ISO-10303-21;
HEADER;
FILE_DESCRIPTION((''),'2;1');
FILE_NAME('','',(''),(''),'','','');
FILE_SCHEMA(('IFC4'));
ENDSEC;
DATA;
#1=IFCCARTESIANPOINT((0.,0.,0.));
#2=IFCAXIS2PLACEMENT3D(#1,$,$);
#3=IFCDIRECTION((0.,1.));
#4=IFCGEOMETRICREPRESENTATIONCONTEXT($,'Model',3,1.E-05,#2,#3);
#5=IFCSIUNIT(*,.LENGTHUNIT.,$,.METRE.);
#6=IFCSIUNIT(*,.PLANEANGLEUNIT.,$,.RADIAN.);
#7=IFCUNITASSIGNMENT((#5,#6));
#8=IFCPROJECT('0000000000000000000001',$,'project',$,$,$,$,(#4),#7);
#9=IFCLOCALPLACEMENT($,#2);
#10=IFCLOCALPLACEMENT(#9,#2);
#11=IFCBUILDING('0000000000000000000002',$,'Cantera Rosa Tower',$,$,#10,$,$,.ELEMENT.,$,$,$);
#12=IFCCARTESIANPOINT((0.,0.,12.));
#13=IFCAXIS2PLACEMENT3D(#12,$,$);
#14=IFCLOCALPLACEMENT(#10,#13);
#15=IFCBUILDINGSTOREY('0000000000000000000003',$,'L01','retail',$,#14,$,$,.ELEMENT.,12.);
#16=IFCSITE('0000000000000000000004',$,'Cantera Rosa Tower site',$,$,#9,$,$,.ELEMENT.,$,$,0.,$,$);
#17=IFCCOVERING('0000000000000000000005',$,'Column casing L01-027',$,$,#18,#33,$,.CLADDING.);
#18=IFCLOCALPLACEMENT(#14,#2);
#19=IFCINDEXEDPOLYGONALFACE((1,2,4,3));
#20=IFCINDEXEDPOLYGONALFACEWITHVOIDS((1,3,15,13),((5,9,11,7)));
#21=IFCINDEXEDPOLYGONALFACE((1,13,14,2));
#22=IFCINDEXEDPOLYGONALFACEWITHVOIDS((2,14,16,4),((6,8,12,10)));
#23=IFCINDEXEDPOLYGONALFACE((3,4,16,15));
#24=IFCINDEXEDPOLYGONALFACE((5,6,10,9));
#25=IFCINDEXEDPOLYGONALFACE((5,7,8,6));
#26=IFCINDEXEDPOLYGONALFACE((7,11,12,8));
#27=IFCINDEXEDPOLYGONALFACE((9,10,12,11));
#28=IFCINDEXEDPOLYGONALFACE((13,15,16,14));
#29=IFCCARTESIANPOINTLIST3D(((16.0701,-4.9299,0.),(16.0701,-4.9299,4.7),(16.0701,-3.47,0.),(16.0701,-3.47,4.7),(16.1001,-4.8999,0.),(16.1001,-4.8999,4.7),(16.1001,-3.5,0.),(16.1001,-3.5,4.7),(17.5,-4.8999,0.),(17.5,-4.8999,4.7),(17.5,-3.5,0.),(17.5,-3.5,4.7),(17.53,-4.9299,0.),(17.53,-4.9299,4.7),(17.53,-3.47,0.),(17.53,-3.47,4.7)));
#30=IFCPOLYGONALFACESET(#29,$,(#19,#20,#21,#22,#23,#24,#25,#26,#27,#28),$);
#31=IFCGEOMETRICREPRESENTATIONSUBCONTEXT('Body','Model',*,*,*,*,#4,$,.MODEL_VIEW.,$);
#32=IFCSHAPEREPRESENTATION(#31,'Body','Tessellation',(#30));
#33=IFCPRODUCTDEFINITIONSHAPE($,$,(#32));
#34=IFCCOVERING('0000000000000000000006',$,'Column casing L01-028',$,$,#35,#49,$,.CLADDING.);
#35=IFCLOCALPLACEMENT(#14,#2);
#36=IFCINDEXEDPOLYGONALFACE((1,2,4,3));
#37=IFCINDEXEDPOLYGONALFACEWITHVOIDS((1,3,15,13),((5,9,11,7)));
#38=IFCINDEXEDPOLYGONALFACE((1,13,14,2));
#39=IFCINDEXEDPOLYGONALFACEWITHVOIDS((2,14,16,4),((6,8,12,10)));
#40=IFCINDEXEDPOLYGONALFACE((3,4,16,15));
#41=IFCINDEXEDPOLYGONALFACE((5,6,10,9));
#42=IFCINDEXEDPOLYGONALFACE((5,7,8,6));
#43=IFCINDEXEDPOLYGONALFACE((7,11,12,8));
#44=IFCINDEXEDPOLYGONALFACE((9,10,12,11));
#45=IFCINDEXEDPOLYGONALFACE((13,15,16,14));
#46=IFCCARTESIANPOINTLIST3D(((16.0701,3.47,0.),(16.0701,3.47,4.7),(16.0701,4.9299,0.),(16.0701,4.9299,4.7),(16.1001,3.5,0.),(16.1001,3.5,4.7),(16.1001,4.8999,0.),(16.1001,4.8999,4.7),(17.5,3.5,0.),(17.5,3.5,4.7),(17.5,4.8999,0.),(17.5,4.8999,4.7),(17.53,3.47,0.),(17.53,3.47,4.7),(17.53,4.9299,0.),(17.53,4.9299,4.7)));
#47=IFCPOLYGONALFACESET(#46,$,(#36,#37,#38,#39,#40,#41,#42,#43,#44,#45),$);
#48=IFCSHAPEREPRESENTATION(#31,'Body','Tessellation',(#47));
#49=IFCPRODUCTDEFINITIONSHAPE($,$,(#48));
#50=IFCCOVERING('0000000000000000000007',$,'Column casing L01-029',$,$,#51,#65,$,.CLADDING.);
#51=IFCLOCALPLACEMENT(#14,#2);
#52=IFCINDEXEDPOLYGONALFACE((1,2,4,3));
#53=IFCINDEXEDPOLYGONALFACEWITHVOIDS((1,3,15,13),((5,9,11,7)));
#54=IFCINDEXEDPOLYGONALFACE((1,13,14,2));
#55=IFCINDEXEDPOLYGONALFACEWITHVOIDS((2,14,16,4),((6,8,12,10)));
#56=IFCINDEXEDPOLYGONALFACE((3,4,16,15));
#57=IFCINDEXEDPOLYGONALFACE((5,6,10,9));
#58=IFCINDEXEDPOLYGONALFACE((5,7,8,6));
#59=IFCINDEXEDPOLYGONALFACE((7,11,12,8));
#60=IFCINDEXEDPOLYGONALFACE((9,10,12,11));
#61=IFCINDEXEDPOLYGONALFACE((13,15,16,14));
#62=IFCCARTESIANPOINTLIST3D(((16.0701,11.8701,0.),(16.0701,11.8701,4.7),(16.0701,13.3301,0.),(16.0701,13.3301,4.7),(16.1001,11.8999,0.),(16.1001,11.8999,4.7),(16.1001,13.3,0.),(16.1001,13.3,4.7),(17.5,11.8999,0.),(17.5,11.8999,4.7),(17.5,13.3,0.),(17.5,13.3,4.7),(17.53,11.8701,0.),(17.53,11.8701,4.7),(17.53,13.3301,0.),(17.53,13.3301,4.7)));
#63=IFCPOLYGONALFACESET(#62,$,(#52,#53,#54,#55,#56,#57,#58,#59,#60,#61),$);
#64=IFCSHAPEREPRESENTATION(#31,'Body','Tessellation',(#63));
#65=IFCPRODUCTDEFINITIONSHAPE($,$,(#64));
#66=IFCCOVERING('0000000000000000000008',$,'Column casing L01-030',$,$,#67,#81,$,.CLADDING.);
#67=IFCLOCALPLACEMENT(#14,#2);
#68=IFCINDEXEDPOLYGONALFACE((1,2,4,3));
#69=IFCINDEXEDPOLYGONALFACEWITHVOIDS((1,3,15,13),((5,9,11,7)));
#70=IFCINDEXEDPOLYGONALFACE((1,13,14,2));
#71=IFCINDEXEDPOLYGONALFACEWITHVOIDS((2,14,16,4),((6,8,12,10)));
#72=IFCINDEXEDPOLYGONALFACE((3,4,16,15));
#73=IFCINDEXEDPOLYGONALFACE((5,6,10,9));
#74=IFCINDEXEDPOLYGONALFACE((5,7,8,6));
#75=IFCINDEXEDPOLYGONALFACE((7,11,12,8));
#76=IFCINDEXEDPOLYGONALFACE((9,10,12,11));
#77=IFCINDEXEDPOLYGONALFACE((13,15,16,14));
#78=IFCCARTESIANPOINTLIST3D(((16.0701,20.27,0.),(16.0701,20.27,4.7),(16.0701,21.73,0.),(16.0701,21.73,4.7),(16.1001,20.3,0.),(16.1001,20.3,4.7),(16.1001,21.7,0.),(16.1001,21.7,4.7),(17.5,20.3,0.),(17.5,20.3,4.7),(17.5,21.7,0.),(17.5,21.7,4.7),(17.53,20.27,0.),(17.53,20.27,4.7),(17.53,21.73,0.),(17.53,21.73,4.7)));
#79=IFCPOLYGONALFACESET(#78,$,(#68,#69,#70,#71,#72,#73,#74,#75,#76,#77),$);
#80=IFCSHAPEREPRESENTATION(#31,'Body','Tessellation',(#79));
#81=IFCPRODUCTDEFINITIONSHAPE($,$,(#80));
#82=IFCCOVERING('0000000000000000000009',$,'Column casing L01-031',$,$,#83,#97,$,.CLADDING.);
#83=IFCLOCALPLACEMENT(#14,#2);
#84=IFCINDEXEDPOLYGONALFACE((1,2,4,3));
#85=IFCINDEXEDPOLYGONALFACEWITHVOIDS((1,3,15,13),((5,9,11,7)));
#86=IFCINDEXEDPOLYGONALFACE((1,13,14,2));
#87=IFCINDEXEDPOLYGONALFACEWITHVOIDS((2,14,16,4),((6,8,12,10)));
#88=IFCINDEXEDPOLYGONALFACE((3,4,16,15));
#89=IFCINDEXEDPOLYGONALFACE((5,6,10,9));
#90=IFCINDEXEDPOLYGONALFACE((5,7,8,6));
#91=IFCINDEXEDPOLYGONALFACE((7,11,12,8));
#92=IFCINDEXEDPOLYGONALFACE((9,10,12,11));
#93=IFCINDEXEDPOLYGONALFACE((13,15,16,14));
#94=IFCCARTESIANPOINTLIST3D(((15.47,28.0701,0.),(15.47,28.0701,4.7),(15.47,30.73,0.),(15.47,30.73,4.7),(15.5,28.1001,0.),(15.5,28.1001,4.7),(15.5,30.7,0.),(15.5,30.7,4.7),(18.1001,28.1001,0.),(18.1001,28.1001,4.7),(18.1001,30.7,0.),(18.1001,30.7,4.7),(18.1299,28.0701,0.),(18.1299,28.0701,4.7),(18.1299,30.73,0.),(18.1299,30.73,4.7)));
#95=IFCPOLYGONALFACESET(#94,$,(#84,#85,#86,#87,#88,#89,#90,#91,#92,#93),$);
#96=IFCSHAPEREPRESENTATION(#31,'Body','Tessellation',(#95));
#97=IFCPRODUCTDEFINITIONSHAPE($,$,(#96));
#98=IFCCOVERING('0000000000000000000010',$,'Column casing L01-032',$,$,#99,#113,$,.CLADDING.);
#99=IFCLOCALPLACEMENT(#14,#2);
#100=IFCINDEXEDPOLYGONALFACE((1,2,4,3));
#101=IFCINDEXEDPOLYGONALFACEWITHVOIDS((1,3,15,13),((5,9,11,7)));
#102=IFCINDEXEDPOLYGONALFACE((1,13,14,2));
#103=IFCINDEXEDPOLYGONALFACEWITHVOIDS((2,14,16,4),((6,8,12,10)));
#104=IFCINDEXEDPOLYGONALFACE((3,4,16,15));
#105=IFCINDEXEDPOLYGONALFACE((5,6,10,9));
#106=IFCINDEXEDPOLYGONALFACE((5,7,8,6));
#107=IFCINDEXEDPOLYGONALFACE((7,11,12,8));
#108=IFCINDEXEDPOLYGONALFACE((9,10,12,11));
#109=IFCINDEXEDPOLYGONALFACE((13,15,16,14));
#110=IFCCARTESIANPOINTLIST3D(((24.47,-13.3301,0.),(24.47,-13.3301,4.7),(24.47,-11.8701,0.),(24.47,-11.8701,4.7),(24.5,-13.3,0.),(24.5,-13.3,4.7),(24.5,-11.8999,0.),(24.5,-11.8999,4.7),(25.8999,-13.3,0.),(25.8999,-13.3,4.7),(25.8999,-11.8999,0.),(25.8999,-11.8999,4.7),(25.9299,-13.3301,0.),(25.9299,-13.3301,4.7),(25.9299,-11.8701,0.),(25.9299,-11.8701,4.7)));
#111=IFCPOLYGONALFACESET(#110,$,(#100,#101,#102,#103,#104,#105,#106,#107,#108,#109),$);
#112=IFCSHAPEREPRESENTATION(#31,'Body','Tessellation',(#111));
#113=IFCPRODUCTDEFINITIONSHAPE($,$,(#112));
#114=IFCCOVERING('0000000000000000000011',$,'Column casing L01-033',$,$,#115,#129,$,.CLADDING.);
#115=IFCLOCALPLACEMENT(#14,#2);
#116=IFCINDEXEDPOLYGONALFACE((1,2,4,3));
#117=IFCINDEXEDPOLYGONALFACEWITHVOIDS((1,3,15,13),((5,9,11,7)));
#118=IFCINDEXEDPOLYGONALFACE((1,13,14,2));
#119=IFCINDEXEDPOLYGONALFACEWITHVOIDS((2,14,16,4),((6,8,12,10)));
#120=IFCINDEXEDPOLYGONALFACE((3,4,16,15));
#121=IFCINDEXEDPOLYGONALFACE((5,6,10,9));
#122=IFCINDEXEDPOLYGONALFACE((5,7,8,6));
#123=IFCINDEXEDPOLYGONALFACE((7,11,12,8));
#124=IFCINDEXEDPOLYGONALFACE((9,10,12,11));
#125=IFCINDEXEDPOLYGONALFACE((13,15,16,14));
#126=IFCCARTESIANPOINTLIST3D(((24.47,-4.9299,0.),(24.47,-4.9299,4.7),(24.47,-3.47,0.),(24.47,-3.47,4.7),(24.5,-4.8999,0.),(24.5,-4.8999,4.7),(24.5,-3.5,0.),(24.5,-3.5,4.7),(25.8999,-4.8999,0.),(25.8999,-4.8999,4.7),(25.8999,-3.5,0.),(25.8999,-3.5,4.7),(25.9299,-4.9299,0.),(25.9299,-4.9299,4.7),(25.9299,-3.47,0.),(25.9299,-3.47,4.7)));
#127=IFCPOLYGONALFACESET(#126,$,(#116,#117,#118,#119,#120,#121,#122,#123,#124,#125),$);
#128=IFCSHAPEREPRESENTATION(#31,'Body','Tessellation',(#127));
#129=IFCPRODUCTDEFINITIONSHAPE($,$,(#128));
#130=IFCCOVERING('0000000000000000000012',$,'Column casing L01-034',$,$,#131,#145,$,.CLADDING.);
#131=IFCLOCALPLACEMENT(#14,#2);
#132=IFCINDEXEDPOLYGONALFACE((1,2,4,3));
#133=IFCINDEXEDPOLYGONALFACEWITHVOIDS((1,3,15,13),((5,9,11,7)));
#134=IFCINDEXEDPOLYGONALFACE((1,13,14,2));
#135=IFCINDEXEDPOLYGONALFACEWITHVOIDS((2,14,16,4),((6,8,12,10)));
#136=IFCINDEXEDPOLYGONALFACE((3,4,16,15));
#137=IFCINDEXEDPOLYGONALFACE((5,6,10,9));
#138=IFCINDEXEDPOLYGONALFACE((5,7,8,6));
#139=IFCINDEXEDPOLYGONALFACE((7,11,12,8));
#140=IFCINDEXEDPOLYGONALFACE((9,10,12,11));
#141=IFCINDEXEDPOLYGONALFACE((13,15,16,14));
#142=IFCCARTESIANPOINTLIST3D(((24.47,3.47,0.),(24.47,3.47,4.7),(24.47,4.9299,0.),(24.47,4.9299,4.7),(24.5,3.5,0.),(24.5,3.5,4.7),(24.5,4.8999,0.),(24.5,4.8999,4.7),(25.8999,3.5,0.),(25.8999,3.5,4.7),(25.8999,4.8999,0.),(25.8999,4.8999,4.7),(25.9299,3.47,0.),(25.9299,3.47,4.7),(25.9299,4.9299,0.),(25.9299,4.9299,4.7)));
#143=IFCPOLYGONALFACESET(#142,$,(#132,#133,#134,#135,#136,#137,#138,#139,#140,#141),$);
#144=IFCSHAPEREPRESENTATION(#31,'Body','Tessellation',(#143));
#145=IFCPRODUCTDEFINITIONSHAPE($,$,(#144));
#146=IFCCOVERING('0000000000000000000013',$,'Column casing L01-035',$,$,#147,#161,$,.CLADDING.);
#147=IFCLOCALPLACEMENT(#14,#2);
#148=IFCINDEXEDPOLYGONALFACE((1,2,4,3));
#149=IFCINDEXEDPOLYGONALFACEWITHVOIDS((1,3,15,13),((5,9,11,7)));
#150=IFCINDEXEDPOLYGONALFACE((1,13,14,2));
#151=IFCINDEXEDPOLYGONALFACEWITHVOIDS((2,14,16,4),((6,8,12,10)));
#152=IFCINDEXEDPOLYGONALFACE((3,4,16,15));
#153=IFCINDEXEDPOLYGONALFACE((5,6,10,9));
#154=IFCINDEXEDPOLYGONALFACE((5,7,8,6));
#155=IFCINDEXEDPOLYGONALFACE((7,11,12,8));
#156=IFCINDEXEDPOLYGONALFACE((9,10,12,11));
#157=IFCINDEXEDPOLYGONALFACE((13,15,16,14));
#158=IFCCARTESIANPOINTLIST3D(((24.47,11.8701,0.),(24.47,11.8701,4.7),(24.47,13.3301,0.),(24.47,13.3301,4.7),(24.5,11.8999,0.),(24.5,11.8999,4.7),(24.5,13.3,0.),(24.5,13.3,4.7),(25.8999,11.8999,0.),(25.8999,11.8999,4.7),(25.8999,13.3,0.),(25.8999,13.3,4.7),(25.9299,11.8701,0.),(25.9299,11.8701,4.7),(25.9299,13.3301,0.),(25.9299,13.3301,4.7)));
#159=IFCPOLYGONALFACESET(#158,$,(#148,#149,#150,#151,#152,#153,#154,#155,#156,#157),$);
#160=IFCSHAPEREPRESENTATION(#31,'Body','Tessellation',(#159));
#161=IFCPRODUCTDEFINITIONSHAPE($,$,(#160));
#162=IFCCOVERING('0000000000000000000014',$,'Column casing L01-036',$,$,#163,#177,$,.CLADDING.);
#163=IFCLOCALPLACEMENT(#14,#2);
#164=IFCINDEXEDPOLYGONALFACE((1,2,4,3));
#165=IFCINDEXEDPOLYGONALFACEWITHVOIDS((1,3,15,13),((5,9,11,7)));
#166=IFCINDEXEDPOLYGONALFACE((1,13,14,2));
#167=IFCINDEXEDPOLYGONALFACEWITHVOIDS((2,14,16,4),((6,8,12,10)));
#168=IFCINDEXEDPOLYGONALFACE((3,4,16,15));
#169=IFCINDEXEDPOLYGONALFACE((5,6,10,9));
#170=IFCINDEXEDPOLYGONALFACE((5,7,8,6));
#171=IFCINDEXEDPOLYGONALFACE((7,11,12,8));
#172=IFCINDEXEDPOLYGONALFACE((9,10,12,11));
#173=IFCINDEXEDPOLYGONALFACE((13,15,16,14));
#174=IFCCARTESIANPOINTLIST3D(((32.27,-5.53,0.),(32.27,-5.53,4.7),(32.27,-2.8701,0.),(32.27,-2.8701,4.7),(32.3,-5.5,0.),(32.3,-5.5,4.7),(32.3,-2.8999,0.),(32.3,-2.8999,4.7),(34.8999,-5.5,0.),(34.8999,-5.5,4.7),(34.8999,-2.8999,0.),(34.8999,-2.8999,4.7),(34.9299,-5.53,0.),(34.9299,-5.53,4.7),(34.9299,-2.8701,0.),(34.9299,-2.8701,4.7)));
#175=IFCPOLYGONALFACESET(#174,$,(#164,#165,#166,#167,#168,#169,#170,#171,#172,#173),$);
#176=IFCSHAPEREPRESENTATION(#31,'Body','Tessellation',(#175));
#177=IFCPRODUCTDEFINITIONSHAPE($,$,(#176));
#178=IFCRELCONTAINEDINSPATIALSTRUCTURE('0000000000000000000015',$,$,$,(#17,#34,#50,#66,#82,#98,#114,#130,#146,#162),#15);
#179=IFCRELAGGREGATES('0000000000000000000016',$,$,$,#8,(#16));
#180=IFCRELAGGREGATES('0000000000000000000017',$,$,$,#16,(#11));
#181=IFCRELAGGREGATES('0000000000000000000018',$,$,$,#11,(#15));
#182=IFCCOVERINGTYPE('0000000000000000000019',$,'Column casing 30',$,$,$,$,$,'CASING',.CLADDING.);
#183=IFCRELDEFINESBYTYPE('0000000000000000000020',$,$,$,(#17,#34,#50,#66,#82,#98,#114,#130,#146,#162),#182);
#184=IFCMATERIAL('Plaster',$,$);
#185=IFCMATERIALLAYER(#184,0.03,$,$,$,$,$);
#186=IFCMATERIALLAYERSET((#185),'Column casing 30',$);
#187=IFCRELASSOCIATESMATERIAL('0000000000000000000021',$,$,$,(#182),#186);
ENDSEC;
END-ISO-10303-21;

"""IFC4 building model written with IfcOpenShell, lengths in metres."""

from ifc_helpers import new_model, si_unit, direction, frame, origin, place, context, subcontext, project, spatial, polyline, outline, extrude, material, layer, layer_set, type_object, element, save


model = new_model("IFC4")

# Units and contexts
model_context = context("Model", 3, precision=1e-05, world=origin(), true_north=direction((0.0, 1.0)))
body_context = subcontext(model_context, "Body", "Model", "MODEL_VIEW")
ifc_project = project(units=[si_unit("LENGTHUNIT", "METRE"), si_unit("PLANEANGLEUNIT", "RADIAN")], contexts=[model_context])

# Site, building, storey
site_placement = place(None, origin())
site = spatial("IfcSite", under=ifc_project, at=site_placement, Name="Cantera Rosa Tower site", CompositionType="ELEMENT", RefElevation=0.0)
building_placement = place(site_placement, origin())
building = spatial("IfcBuilding", under=site, at=building_placement, Name="Cantera Rosa Tower", CompositionType="ELEMENT")
storey_placement = place(building_placement, frame((0.0, 0.0, 12.0)))
storey = spatial("IfcBuildingStorey", under=building, at=storey_placement, Name="L01", Description="retail", CompositionType="ELEMENT", Elevation=12.0)

# Coverings
ifc_material_1 = material(Name="Plaster")
ifc_layer_1 = layer(ifc_material_1, 0.03)
ifc_layer_set_1 = layer_set([ifc_layer_1], Name="Column casing 30")
covering_type = type_object("IfcCoveringType", Name="Column casing 30", ElementType="CASING", PredefinedType="CLADDING", material=ifc_layer_set_1)
covering_1_placement = place(storey_placement, origin())
element("IfcCovering", 1, at=covering_1_placement, inside=storey, type_object=covering_type, Name="Column casing L01-027", PredefinedType="CLADDING", context=body_context, shape_type="SweptSolid", body=[
    extrude(outline(polyline([(16.0701, -4.9299), (17.53, -4.9299), (17.53, -3.47), (16.0701, -3.47), (16.0701, -4.9299)]), holes=[polyline([(17.5, -3.5), (16.1001, -3.5), (16.1001, -4.8999), (17.5, -4.8999), (17.5, -3.5)])]), origin(), (0.0, 0.0, 1.0), 4.7),
])
covering_2_placement = place(storey_placement, origin())
element("IfcCovering", 2, at=covering_2_placement, inside=storey, type_object=covering_type, Name="Column casing L01-028", PredefinedType="CLADDING", context=body_context, shape_type="SweptSolid", body=[
    extrude(outline(polyline([(16.0701, 3.47), (17.53, 3.47), (17.53, 4.9299), (16.0701, 4.9299), (16.0701, 3.47)]), holes=[polyline([(17.5, 4.8999), (16.1001, 4.8999), (16.1001, 3.5), (17.5, 3.5), (17.5, 4.8999)])]), origin(), (0.0, 0.0, 1.0), 4.7),
])
covering_3_placement = place(storey_placement, origin())
element("IfcCovering", 3, at=covering_3_placement, inside=storey, type_object=covering_type, Name="Column casing L01-029", PredefinedType="CLADDING", context=body_context, shape_type="SweptSolid", body=[
    extrude(outline(polyline([(16.0701, 11.8701), (17.53, 11.8701), (17.53, 13.3301), (16.0701, 13.3301), (16.0701, 11.8701)]), holes=[polyline([(17.5, 13.3), (16.1001, 13.3), (16.1001, 11.8999), (17.5, 11.8999), (17.5, 13.3)])]), origin(), (0.0, 0.0, 1.0), 4.7),
])
covering_4_placement = place(storey_placement, origin())
element("IfcCovering", 4, at=covering_4_placement, inside=storey, type_object=covering_type, Name="Column casing L01-030", PredefinedType="CLADDING", context=body_context, shape_type="SweptSolid", body=[
    extrude(outline(polyline([(16.0701, 20.27), (17.53, 20.27), (17.53, 21.73), (16.0701, 21.73), (16.0701, 20.27)]), holes=[polyline([(17.5, 21.7), (16.1001, 21.7), (16.1001, 20.3), (17.5, 20.3), (17.5, 21.7)])]), origin(), (0.0, 0.0, 1.0), 4.7),
])
covering_5_placement = place(storey_placement, origin())
element("IfcCovering", 5, at=covering_5_placement, inside=storey, type_object=covering_type, Name="Column casing L01-031", PredefinedType="CLADDING", context=body_context, shape_type="SweptSolid", body=[
    extrude(outline(polyline([(15.47, 28.0701), (18.1299, 28.0701), (18.1299, 30.73), (15.47, 30.73), (15.47, 28.0701)]), holes=[polyline([(18.1001, 30.7), (15.5, 30.7), (15.5, 28.1001), (18.1001, 28.1001), (18.1001, 30.7)])]), origin(), (0.0, 0.0, 1.0), 4.7),
])
covering_6_placement = place(storey_placement, origin())
element("IfcCovering", 6, at=covering_6_placement, inside=storey, type_object=covering_type, Name="Column casing L01-032", PredefinedType="CLADDING", context=body_context, shape_type="SweptSolid", body=[
    extrude(outline(polyline([(24.47, -13.3301), (25.9299, -13.3301), (25.9299, -11.8701), (24.47, -11.8701), (24.47, -13.3301)]), holes=[polyline([(25.8999, -11.8999), (24.5, -11.8999), (24.5, -13.3), (25.8999, -13.3), (25.8999, -11.8999)])]), origin(), (0.0, 0.0, 1.0), 4.7),
])
covering_7_placement = place(storey_placement, origin())
element("IfcCovering", 7, at=covering_7_placement, inside=storey, type_object=covering_type, Name="Column casing L01-033", PredefinedType="CLADDING", context=body_context, shape_type="SweptSolid", body=[
    extrude(outline(polyline([(24.47, -4.9299), (25.9299, -4.9299), (25.9299, -3.47), (24.47, -3.47), (24.47, -4.9299)]), holes=[polyline([(25.8999, -3.5), (24.5, -3.5), (24.5, -4.8999), (25.8999, -4.8999), (25.8999, -3.5)])]), origin(), (0.0, 0.0, 1.0), 4.7),
])
covering_8_placement = place(storey_placement, origin())
element("IfcCovering", 8, at=covering_8_placement, inside=storey, type_object=covering_type, Name="Column casing L01-034", PredefinedType="CLADDING", context=body_context, shape_type="SweptSolid", body=[
    extrude(outline(polyline([(24.47, 3.47), (25.9299, 3.47), (25.9299, 4.9299), (24.47, 4.9299), (24.47, 3.47)]), holes=[polyline([(25.8999, 4.8999), (24.5, 4.8999), (24.5, 3.5), (25.8999, 3.5), (25.8999, 4.8999)])]), origin(), (0.0, 0.0, 1.0), 4.7),
])
covering_9_placement = place(storey_placement, origin())
element("IfcCovering", 9, at=covering_9_placement, inside=storey, type_object=covering_type, Name="Column casing L01-035", PredefinedType="CLADDING", context=body_context, shape_type="SweptSolid", body=[
    extrude(outline(polyline([(24.47, 11.8701), (25.9299, 11.8701), (25.9299, 13.3301), (24.47, 13.3301), (24.47, 11.8701)]), holes=[polyline([(25.8999, 13.3), (24.5, 13.3), (24.5, 11.8999), (25.8999, 11.8999), (25.8999, 13.3)])]), origin(), (0.0, 0.0, 1.0), 4.7),
])
covering_10_placement = place(storey_placement, origin())
element("IfcCovering", 10, at=covering_10_placement, inside=storey, type_object=covering_type, Name="Column casing L01-036", PredefinedType="CLADDING", context=body_context, shape_type="SweptSolid", body=[
    extrude(outline(polyline([(32.27, -5.53), (34.9299, -5.53), (34.9299, -2.8701), (32.27, -2.8701), (32.27, -5.53)]), holes=[polyline([(34.8999, -2.8999), (32.3, -2.8999), (32.3, -5.5), (34.8999, -5.5), (34.8999, -2.8999)])]), origin(), (0.0, 0.0, 1.0), 4.7),
])

save(model, "model.ifc")
